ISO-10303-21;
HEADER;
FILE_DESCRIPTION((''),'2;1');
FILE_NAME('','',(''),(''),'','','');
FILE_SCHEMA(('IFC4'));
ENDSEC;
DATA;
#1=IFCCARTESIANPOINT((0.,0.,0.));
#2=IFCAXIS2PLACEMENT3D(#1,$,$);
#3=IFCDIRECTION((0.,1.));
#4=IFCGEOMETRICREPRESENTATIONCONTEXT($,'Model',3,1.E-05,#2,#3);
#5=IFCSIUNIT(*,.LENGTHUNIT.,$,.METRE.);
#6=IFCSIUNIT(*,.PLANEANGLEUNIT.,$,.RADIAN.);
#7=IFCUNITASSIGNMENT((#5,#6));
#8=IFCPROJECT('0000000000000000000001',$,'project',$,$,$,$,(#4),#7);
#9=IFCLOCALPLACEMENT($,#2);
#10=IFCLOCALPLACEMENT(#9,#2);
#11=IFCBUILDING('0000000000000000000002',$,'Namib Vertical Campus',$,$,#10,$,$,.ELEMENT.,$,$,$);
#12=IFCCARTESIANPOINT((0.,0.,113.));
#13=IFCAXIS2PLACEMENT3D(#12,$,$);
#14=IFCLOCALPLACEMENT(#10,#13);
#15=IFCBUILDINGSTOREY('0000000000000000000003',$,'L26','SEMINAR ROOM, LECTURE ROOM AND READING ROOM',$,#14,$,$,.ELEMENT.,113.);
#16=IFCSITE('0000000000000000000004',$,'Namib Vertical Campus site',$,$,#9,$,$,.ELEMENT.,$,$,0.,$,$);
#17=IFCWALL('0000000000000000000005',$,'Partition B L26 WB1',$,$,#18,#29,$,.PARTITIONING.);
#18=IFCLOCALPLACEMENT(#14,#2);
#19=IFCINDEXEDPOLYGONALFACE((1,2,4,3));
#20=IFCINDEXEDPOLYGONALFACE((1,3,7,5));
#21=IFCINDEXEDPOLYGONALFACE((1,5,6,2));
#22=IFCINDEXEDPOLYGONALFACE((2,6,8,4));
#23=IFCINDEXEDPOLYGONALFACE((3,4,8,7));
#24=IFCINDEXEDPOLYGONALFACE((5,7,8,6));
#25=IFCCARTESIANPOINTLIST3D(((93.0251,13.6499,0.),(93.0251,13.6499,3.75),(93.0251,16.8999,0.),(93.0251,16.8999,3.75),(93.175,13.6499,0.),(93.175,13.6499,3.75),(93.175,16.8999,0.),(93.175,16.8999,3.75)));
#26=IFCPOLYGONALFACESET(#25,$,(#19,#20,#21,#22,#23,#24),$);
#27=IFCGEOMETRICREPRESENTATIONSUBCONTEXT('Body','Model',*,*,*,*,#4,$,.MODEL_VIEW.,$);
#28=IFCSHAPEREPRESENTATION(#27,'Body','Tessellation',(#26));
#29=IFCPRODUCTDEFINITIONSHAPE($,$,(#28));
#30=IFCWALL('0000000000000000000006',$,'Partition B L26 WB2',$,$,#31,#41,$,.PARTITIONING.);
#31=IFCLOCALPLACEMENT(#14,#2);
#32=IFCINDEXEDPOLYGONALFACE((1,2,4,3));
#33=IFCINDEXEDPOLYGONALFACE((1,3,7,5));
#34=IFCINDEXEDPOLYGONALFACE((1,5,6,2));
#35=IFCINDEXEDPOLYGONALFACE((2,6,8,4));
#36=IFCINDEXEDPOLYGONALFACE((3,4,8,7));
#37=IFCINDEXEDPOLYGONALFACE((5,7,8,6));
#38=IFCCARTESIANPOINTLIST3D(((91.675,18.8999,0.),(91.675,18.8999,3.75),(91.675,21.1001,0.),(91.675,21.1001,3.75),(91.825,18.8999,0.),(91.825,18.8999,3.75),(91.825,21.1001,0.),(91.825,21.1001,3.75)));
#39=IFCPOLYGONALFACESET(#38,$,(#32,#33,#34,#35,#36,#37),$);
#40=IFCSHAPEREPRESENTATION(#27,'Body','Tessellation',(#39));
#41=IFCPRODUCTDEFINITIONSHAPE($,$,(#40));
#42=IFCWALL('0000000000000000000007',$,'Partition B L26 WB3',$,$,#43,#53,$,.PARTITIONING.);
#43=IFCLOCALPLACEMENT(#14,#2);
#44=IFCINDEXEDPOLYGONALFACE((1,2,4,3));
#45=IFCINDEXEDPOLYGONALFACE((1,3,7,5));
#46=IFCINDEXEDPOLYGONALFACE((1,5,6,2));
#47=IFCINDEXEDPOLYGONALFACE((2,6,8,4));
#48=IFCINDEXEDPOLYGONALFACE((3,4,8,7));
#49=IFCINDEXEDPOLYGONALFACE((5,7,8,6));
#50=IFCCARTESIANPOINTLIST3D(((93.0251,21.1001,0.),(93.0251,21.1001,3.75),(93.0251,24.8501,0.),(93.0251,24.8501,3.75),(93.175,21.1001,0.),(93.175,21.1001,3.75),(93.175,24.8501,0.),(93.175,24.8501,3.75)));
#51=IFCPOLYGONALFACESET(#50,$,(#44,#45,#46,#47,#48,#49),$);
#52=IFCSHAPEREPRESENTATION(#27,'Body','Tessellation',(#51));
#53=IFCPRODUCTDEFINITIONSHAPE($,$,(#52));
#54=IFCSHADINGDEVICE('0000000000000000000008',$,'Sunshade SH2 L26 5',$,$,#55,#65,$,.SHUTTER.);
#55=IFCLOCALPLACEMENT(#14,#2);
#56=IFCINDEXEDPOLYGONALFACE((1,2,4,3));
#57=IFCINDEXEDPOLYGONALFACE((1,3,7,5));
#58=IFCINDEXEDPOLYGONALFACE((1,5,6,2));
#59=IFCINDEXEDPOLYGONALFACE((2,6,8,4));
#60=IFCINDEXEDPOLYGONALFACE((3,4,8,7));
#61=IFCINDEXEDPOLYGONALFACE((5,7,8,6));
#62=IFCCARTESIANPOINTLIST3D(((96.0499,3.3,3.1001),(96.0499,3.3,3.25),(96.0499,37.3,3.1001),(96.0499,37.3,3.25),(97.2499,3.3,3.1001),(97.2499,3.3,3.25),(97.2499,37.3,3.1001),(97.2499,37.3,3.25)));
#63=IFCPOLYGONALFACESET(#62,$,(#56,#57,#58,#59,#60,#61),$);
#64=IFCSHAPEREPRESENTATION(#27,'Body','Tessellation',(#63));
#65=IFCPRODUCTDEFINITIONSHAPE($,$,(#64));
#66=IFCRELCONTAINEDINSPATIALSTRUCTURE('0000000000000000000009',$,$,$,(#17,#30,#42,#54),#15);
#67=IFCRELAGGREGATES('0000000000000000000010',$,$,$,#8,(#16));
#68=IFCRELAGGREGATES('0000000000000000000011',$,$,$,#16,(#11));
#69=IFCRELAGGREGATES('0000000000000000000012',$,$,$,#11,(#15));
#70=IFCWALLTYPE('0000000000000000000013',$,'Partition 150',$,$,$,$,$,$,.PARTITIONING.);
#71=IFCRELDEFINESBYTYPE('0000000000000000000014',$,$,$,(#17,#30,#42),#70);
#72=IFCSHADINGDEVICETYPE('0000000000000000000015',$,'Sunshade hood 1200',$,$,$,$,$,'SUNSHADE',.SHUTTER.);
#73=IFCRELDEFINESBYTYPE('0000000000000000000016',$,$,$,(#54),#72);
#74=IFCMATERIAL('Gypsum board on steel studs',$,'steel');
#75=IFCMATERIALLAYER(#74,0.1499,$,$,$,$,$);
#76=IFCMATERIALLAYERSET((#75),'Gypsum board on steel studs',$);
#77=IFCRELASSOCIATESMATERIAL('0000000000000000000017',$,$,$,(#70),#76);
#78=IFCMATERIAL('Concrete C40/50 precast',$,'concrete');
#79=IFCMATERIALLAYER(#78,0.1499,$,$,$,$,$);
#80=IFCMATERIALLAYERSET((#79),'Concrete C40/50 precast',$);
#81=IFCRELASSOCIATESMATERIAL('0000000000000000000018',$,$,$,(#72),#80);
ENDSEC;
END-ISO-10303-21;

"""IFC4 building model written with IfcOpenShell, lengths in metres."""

from ifc_helpers import new_model, si_unit, direction, frame, frame_2d, origin, origin_2d, place, context, subcontext, project, spatial, rectangle, extrude, material, layer, layer_set, type_object, element, save


model = new_model("IFC4")

# Units and contexts
model_context = context("Model", 3, precision=1e-05, world=origin(), true_north=direction((0.0, 1.0)))
body_context = subcontext(model_context, "Body", "Model", "MODEL_VIEW")
ifc_project = project(units=[si_unit("LENGTHUNIT", "METRE"), si_unit("PLANEANGLEUNIT", "RADIAN")], contexts=[model_context])

# Site, building, storey
site_placement = place(None, origin())
site = spatial("IfcSite", under=ifc_project, at=site_placement, Name="Namib Vertical Campus site", CompositionType="ELEMENT", RefElevation=0.0)
building_placement = place(site_placement, origin())
building = spatial("IfcBuilding", under=site, at=building_placement, Name="Namib Vertical Campus", CompositionType="ELEMENT")
storey_placement = place(building_placement, frame((0.0, 0.0, 113.0)))
storey = spatial("IfcBuildingStorey", under=building, at=storey_placement, Name="L26", Description="SEMINAR ROOM, LECTURE ROOM AND READING ROOM", CompositionType="ELEMENT", Elevation=113.0)

# Walls
ifc_material_1 = material(Name="Gypsum board on steel studs", Category="steel")
ifc_layer_1 = layer(ifc_material_1, 0.1499)
ifc_layer_set_1 = layer_set([ifc_layer_1], Name="Gypsum board on steel studs")
wall_type_1 = type_object("IfcWallType", Name="Partition 150", PredefinedType="PARTITIONING", material=ifc_layer_set_1)
wall_1_placement = place(storey_placement, frame((93.1001, 13.6499, 0.0), z_axis=(0.0, 0.0, 1.0), x_axis=(0.0, 1.0, 0.0)))
element("IfcWall", 1, at=wall_1_placement, inside=storey, type_object=wall_type_1, Name="Partition B L26 WB1", PredefinedType="PARTITIONING", context=body_context, shape_type="SweptSolid", body=[
    extrude(rectangle(XDim=3.25, YDim=0.1499, at=frame_2d((1.625, 0.0))), origin(), (0.0, 0.0, 1.0), 3.75),
])
wall_2_placement = place(storey_placement, frame((91.75, 18.8999, 0.0), z_axis=(0.0, 0.0, 1.0), x_axis=(0.0, 1.0, 0.0)))
element("IfcWall", 2, at=wall_2_placement, inside=storey, type_object=wall_type_1, Name="Partition B L26 WB2", PredefinedType="PARTITIONING", context=body_context, shape_type="SweptSolid", body=[
    extrude(rectangle(XDim=2.2002, YDim=0.1499, at=frame_2d((1.1001, 0.0))), origin(), (0.0, 0.0, 1.0), 3.75),
])
wall_3_placement = place(storey_placement, frame((93.1001, 21.1001, 0.0), z_axis=(0.0, 0.0, 1.0), x_axis=(0.0, 1.0, 0.0)))
element("IfcWall", 3, at=wall_3_placement, inside=storey, type_object=wall_type_1, Name="Partition B L26 WB3", PredefinedType="PARTITIONING", context=body_context, shape_type="SweptSolid", body=[
    extrude(rectangle(XDim=3.75, YDim=0.1499, at=frame_2d((1.875, 0.0))), origin(), (0.0, 0.0, 1.0), 3.75),
])

# Shading device
ifc_material_2 = material(Name="Concrete C40/50 precast", Category="concrete")
ifc_layer_2 = layer(ifc_material_2, 0.1499)
ifc_layer_set_2 = layer_set([ifc_layer_2], Name="Concrete C40/50 precast")
shading_device_type = type_object("IfcShadingDeviceType", Name="Sunshade hood 1200", ElementType="SUNSHADE", PredefinedType="SHUTTER", material=ifc_layer_set_2)
shading_device_placement = place(storey_placement, frame((96.6499, 20.3, 3.1001), z_axis=(0.0, 0.0, 1.0), x_axis=(0.0, 1.0, 0.0)))
element("IfcShadingDevice", 4, at=shading_device_placement, inside=storey, type_object=shading_device_type, Name="Sunshade SH2 L26 5", PredefinedType="SHUTTER", context=body_context, shape_type="SweptSolid", body=[
    extrude(rectangle(XDim=34.0, YDim=1.2, at=origin_2d()), origin(), (0.0, 0.0, 1.0), 0.1499),
])

save(model, "model.ifc")
